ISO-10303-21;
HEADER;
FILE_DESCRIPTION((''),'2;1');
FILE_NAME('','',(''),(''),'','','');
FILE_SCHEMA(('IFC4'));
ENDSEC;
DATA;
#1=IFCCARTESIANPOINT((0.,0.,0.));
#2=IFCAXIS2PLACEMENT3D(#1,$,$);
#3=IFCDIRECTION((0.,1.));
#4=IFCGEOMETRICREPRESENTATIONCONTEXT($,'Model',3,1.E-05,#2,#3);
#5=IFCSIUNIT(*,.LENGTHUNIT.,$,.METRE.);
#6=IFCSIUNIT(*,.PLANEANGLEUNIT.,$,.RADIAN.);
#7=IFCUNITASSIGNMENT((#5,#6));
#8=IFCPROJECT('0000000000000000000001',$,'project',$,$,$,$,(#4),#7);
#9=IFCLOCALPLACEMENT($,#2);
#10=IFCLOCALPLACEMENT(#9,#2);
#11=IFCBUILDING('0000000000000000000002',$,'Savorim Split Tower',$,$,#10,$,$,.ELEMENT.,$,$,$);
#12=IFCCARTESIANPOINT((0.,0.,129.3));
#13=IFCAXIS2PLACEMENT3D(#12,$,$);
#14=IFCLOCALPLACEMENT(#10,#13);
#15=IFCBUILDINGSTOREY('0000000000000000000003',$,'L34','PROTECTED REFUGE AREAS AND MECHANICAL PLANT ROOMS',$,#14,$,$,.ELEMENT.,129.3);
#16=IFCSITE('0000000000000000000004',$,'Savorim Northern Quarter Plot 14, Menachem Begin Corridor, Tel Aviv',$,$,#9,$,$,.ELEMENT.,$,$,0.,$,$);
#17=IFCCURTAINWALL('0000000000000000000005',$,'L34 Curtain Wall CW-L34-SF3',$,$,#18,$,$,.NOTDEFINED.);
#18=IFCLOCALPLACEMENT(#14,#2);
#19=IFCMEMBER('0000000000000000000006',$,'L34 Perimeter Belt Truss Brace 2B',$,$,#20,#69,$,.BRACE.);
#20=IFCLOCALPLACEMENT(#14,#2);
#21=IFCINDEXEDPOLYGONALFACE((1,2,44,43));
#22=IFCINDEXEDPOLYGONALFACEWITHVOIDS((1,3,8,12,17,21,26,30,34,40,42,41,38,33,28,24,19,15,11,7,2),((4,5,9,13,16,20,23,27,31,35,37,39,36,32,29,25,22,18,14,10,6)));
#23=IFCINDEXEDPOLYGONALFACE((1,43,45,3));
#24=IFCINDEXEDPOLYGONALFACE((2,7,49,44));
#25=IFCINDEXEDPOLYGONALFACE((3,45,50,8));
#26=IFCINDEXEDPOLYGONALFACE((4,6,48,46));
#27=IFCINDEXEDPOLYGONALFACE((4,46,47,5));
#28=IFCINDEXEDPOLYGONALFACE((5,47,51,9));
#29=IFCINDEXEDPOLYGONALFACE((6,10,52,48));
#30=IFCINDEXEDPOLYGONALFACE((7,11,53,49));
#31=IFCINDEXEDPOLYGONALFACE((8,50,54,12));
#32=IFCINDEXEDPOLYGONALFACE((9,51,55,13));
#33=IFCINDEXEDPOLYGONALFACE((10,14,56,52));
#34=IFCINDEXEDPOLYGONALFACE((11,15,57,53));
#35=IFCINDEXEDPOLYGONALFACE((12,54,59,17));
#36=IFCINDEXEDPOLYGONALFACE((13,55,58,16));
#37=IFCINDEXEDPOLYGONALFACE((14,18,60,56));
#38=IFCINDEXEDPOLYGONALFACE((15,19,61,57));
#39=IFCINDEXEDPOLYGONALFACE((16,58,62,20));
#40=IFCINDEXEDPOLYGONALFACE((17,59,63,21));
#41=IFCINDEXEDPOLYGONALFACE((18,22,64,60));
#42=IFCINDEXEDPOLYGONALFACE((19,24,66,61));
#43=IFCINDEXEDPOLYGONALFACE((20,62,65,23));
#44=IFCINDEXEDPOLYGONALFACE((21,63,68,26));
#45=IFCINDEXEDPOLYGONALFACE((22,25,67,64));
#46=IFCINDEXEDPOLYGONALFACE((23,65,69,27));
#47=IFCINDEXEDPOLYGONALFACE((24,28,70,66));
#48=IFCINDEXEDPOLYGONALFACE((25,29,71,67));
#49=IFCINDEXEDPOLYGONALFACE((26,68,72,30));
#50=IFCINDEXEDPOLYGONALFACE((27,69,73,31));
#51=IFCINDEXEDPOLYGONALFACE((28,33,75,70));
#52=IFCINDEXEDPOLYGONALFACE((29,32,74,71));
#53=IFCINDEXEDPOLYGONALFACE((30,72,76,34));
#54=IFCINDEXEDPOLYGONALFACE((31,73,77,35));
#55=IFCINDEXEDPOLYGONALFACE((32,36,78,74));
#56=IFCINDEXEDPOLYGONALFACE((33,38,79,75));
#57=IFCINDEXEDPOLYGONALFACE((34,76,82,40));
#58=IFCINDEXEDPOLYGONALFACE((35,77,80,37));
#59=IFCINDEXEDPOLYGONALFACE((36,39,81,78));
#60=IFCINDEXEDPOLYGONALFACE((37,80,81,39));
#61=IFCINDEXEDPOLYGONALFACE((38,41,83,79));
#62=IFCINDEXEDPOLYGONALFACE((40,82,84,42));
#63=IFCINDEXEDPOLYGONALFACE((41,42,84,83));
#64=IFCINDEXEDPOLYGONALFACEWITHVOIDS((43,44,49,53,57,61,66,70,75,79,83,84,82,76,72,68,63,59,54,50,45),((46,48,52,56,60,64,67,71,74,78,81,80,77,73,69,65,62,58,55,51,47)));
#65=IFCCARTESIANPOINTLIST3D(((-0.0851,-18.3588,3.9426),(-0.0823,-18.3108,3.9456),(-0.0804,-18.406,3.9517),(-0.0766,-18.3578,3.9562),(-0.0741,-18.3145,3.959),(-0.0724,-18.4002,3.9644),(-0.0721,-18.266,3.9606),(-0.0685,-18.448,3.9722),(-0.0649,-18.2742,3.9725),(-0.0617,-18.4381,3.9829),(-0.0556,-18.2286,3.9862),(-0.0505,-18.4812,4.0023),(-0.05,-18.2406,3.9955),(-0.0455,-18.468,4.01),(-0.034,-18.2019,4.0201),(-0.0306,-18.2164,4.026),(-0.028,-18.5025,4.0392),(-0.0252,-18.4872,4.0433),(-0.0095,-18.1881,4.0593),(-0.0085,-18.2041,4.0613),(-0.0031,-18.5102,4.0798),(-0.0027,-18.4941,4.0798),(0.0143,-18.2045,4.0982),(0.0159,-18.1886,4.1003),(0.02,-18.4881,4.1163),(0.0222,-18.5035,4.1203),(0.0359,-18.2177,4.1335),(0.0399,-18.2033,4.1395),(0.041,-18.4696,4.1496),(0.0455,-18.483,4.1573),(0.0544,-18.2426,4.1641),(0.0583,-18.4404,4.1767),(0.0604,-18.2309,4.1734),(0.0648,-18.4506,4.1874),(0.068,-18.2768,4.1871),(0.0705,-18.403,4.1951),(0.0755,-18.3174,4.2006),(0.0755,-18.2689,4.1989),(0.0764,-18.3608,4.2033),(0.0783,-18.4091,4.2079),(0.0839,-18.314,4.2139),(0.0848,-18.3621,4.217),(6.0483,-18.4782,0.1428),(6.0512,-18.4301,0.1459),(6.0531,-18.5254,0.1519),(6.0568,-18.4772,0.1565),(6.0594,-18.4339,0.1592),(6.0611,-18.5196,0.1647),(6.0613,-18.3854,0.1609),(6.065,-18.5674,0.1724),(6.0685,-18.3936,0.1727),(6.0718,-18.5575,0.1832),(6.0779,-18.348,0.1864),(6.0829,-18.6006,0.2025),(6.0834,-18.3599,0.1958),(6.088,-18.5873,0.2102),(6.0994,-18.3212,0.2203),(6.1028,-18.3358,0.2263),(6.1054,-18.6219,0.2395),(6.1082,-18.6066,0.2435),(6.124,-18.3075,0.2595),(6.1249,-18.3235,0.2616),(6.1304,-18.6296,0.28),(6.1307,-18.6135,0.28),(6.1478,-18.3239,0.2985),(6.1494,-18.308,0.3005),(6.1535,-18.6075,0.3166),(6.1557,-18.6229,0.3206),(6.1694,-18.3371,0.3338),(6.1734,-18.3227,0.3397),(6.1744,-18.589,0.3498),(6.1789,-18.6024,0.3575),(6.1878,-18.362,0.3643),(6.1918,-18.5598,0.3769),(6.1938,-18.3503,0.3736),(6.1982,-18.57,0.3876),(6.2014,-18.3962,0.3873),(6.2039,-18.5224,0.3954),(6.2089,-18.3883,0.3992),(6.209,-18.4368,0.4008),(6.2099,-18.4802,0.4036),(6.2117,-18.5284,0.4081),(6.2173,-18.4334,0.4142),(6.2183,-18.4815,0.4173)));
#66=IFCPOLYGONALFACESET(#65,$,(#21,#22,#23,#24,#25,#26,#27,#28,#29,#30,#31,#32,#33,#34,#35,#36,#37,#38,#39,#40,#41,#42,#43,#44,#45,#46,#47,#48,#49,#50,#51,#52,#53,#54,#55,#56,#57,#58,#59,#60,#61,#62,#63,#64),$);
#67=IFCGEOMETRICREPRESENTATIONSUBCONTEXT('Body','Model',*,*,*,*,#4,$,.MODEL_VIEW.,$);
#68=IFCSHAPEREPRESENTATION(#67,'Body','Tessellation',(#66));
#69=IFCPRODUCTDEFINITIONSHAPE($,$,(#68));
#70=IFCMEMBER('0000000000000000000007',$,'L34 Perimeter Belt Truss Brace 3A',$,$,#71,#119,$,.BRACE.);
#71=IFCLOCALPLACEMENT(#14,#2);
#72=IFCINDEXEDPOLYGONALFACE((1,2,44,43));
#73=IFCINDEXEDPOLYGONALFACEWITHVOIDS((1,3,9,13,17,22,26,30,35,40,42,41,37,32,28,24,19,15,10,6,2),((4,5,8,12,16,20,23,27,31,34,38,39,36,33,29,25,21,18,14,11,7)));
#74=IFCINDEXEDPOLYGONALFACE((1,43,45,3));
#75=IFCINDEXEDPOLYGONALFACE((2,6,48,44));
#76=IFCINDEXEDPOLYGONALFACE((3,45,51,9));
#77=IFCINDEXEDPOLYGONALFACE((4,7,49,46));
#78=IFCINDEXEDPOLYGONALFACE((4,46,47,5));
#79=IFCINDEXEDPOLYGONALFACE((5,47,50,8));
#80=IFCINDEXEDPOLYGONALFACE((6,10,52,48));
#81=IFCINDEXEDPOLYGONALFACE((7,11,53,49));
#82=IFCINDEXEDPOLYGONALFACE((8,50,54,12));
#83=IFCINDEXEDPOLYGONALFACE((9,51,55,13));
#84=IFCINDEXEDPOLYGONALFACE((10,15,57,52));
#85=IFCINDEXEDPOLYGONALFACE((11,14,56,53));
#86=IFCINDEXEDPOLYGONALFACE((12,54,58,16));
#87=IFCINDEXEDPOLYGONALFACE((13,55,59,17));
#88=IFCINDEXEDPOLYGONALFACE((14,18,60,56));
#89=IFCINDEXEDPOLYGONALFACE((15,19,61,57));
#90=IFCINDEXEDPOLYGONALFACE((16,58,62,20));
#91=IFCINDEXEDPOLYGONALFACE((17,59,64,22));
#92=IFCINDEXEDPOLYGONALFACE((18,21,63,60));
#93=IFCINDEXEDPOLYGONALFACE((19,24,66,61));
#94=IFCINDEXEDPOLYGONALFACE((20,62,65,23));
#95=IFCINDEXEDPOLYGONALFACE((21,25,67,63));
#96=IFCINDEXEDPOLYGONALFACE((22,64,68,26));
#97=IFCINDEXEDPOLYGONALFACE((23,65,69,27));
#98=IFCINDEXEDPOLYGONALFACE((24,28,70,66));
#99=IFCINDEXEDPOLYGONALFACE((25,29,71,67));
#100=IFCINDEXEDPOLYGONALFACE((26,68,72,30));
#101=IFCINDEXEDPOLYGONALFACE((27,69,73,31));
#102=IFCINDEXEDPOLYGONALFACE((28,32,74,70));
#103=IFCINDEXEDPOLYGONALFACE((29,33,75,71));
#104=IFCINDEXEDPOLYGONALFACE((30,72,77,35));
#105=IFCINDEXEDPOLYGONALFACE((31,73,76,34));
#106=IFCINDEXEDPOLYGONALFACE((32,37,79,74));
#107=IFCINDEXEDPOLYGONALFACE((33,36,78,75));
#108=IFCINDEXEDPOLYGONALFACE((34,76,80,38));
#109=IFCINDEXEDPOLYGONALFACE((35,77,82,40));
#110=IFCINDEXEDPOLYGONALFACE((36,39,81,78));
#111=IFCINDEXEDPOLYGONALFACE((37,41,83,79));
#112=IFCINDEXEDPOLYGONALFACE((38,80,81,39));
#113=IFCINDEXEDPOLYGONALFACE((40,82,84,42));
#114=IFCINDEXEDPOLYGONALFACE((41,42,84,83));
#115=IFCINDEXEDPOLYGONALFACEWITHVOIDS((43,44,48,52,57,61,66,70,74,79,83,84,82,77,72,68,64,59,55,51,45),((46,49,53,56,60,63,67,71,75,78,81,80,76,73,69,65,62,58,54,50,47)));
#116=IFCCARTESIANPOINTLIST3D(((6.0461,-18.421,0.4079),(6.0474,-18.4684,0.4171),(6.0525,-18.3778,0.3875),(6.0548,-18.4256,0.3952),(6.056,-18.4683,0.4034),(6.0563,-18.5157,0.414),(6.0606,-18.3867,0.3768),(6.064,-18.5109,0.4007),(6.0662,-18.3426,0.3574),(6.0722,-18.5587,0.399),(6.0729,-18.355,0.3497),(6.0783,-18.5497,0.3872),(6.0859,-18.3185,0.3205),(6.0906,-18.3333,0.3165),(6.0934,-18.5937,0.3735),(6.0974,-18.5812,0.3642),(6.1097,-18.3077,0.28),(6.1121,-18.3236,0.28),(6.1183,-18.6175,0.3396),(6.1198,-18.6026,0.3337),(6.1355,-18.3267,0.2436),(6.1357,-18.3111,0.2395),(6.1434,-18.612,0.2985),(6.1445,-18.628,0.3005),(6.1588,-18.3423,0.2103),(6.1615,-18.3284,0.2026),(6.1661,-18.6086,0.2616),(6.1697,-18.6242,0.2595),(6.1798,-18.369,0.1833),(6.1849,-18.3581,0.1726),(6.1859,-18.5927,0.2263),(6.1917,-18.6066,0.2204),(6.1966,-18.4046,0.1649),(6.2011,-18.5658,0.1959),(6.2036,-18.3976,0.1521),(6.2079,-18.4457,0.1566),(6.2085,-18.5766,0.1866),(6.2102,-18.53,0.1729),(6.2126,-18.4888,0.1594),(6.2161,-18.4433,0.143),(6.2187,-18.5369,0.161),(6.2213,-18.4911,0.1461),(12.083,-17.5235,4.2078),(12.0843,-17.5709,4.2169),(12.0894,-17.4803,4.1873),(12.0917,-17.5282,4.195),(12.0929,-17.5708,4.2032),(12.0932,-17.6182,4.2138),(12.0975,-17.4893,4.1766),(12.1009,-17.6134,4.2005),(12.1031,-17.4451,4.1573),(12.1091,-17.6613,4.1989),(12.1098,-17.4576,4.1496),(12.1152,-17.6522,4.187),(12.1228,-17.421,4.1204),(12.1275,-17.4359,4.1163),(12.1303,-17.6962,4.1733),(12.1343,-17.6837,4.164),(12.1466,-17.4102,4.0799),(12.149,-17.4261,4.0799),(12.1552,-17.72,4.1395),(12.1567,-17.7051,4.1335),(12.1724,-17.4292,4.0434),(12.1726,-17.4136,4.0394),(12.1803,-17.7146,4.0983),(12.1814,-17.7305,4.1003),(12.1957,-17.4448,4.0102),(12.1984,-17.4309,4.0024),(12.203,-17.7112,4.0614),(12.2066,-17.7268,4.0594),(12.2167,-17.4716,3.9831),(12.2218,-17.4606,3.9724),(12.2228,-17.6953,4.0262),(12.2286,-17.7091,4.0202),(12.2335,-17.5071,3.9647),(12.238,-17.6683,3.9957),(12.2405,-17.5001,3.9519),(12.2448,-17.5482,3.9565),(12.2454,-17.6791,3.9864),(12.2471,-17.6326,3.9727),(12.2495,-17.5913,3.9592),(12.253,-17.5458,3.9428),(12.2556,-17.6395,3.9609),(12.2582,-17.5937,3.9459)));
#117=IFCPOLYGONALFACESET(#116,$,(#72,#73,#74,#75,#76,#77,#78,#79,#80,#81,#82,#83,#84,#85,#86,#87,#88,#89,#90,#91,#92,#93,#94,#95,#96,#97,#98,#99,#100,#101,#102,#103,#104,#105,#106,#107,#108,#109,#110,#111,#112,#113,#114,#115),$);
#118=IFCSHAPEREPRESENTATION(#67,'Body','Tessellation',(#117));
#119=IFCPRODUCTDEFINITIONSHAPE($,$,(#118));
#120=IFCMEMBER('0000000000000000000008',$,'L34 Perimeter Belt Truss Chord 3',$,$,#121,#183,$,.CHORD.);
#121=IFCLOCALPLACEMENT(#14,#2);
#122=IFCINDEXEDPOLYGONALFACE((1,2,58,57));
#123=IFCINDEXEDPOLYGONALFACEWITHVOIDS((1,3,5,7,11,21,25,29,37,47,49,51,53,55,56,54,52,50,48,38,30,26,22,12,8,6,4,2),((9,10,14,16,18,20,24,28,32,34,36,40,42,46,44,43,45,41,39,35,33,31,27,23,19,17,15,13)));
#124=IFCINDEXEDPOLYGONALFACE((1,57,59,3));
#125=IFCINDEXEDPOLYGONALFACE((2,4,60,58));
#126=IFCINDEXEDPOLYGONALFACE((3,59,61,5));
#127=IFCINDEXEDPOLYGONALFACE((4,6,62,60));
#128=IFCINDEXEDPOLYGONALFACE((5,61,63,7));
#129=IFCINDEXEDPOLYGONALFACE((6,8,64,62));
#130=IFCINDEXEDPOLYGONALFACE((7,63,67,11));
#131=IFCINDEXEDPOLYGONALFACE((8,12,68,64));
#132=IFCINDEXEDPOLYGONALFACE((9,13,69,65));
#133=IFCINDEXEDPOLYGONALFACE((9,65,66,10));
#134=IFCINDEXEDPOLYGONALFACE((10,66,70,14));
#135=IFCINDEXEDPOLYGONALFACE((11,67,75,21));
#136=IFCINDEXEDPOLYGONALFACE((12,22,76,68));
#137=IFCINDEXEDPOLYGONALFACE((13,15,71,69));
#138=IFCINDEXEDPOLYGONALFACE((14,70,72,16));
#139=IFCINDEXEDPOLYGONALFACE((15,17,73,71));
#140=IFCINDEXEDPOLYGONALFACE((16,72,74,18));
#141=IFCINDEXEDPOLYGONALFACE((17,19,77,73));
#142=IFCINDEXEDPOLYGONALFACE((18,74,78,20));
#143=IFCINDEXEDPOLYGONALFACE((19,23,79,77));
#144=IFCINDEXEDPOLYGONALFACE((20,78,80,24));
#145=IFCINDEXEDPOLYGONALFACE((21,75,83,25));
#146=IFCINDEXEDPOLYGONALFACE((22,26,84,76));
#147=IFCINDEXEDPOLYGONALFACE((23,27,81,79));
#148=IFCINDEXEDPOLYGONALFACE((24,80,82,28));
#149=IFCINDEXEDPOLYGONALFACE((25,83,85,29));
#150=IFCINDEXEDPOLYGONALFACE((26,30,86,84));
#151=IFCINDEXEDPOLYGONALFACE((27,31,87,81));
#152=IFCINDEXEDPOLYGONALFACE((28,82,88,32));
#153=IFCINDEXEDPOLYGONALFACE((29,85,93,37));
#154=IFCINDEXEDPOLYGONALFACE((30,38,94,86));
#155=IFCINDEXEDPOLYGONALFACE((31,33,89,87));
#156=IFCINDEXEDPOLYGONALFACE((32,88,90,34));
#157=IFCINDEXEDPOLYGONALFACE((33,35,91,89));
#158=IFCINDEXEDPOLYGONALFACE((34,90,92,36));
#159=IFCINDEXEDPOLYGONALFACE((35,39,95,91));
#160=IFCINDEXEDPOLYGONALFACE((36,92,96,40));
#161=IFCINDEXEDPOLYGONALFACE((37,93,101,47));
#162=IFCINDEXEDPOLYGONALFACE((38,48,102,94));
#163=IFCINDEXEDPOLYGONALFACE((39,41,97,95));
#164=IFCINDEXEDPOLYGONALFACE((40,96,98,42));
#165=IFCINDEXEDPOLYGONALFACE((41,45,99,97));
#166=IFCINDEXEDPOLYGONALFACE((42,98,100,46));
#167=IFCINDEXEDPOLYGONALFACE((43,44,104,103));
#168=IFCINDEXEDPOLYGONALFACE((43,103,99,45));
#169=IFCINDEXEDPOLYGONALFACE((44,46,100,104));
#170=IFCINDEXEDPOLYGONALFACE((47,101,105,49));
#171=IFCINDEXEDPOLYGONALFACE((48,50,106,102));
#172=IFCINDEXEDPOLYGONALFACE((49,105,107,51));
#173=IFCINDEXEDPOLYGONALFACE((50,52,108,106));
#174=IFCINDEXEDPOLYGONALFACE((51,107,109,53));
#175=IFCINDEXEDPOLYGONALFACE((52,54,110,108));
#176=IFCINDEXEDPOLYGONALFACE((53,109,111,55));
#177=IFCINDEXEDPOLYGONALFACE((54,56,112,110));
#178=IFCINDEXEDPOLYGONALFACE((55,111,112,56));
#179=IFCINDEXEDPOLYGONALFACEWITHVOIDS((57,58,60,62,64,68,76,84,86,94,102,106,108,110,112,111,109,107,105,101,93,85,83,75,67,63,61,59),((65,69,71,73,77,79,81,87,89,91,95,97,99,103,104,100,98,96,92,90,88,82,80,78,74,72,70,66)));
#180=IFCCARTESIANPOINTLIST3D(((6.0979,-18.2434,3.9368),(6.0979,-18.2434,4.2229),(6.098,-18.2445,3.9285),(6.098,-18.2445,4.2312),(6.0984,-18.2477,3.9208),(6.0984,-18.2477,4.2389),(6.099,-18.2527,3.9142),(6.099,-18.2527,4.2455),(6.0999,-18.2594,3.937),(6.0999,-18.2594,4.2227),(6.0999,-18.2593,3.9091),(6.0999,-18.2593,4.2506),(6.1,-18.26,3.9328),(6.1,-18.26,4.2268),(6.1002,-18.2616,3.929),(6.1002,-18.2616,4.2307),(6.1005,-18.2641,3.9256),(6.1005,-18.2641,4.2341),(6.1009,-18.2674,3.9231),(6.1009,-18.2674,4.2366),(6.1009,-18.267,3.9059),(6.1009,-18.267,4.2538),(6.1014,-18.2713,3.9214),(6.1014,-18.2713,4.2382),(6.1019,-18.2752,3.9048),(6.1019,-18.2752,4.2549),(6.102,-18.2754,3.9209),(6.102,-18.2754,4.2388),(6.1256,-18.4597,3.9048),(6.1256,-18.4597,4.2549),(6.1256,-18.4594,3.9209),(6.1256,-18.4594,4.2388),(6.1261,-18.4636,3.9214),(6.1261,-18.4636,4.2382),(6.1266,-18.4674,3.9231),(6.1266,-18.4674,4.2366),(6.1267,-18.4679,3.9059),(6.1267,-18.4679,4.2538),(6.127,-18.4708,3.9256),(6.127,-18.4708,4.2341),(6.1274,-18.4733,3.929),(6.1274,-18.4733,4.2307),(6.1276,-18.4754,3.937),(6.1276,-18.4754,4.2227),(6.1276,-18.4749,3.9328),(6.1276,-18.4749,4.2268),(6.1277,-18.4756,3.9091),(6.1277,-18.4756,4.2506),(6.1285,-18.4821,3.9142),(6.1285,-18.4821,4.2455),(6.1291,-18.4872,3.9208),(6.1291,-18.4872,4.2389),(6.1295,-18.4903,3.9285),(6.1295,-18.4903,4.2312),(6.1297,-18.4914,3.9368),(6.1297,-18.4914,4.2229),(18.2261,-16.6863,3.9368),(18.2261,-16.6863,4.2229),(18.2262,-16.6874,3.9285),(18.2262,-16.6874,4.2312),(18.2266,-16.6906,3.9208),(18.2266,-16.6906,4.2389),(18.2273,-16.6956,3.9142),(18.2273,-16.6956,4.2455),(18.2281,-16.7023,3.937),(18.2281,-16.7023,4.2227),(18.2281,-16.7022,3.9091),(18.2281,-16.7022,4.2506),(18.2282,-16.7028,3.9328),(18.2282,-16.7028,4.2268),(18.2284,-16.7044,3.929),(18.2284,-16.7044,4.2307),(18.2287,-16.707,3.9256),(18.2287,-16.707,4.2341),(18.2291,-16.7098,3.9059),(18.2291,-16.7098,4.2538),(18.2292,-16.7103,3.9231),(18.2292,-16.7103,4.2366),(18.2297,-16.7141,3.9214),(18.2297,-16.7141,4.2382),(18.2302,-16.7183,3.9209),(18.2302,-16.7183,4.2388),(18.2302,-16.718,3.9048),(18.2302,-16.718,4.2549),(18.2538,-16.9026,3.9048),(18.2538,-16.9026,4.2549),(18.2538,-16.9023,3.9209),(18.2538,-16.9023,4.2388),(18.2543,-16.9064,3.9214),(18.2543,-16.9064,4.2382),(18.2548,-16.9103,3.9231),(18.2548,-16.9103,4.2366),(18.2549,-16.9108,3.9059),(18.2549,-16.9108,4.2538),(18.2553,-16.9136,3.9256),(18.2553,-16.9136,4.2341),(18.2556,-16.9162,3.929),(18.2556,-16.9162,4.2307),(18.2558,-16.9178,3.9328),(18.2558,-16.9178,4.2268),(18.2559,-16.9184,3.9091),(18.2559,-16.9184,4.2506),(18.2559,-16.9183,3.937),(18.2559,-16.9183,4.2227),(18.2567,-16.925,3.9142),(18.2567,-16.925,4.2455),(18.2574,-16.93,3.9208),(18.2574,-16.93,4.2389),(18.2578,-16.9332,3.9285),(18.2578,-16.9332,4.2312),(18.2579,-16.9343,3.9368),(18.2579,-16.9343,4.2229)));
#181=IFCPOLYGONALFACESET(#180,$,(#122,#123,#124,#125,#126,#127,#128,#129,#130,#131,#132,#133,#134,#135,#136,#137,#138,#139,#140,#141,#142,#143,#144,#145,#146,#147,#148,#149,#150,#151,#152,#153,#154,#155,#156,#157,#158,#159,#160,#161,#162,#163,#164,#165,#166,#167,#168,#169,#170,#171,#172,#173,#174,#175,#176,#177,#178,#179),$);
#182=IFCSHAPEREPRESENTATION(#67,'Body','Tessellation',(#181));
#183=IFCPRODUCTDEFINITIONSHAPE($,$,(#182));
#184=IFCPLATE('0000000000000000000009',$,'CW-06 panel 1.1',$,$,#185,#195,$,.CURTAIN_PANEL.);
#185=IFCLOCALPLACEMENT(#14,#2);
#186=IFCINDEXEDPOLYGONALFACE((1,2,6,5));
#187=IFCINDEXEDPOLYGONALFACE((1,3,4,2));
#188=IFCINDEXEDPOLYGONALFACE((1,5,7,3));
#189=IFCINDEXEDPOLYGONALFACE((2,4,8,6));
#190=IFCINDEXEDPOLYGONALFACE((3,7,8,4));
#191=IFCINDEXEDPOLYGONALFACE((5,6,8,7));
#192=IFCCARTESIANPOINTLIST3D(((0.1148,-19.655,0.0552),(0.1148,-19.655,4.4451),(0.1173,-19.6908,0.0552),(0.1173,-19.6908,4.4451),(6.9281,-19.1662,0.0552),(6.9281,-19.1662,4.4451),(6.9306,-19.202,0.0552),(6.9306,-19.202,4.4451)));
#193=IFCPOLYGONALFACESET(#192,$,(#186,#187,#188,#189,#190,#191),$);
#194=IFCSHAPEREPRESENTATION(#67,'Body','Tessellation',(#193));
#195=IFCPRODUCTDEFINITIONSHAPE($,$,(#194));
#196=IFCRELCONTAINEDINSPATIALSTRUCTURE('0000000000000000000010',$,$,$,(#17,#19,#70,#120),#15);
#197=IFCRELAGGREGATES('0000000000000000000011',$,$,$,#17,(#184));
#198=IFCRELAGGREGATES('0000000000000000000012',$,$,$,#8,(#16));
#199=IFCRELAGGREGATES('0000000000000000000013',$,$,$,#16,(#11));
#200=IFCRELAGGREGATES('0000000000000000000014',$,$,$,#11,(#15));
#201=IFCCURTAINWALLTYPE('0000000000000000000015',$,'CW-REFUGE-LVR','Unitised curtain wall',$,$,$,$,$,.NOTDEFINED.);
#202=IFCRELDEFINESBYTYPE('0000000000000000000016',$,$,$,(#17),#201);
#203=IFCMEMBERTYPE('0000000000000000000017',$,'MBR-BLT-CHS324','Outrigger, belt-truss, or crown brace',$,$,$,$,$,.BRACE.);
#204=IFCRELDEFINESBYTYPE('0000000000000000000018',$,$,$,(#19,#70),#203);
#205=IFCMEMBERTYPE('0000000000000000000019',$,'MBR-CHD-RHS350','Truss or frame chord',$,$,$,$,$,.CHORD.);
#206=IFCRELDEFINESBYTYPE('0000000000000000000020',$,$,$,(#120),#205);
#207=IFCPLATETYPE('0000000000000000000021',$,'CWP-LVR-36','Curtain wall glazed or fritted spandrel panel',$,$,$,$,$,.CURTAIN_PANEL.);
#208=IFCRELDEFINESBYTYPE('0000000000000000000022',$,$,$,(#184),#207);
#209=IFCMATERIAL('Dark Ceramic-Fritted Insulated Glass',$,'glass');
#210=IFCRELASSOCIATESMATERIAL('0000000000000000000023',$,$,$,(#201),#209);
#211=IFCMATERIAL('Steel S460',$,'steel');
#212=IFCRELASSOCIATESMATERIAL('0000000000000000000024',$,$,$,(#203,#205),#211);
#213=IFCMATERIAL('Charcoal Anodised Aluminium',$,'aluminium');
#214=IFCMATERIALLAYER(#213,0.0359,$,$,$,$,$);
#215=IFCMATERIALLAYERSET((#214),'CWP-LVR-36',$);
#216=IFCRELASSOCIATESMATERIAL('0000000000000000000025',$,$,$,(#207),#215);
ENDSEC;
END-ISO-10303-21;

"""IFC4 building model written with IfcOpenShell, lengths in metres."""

from ifc_helpers import new_model, si_unit, direction, frame, origin, origin_2d, place, context, subcontext, project, spatial, rectangle, hollow_rectangle, hollow_circle, extrude, material, layer, layer_set, material_profile, profile_set, type_object, element, aggregate, save


model = new_model("IFC4")

# Units and contexts
model_context = context("Model", 3, precision=1e-05, world=origin(), true_north=direction((0.0, 1.0)))
body_context = subcontext(model_context, "Body", "Model", "MODEL_VIEW")
ifc_project = project(units=[si_unit("LENGTHUNIT", "METRE"), si_unit("PLANEANGLEUNIT", "RADIAN")], contexts=[model_context])

# Site, building, storey
site_placement = place(None, origin())
site = spatial("IfcSite", under=ifc_project, at=site_placement, Name="Savorim Northern Quarter Plot 14, Menachem Begin Corridor, Tel Aviv", CompositionType="ELEMENT", RefElevation=0.0)
building_placement = place(site_placement, origin())
building = spatial("IfcBuilding", under=site, at=building_placement, Name="Savorim Split Tower", CompositionType="ELEMENT")
storey_placement = place(building_placement, frame((0.0, 0.0, 129.3)))
storey = spatial("IfcBuildingStorey", under=building, at=storey_placement, Name="L34", Description="PROTECTED REFUGE AREAS AND MECHANICAL PLANT ROOMS", CompositionType="ELEMENT", Elevation=129.3)

# Shared definitions
ifc_material_1 = material(Name="Steel S460", Category="steel")

# Curtain wall
ifc_material_2 = material(Name="Dark Ceramic-Fritted Insulated Glass", Category="glass")
curtain_wall_type = type_object("IfcCurtainWallType", Name="CW-REFUGE-LVR", Description="Unitised curtain wall", PredefinedType="NOTDEFINED", material=ifc_material_2)
curtain_wall_placement = place(storey_placement, origin())
curtain_wall = element("IfcCurtainWall", 1, at=curtain_wall_placement, inside=storey, type_object=curtain_wall_type, Name="L34 Curtain Wall CW-L34-SF3", PredefinedType="NOTDEFINED")
ifc_material_3 = material(Name="Charcoal Anodised Aluminium", Category="aluminium")

# Members
ifc_material_profile_1 = material_profile(ifc_material_1, hollow_circle(Radius=0.1619, WallThickness=0.0161, at=origin_2d()), Name="CHS 323.9x16")
ifc_profile_set_1 = profile_set([ifc_material_profile_1], Name="Steel S460")
member_type_1 = type_object("IfcMemberType", Name="MBR-BLT-CHS324", Description="Outrigger, belt-truss, or crown brace", PredefinedType="BRACE", material=ifc_profile_set_1)
member_1_placement = place(storey_placement, frame((6.1335, -18.4678, 0.28), z_axis=(-0.849972, 0.016544, 0.526568), x_axis=(-0.019461, -0.999811, 0.0)))
element("IfcMember", 2, at=member_1_placement, inside=storey, type_object=member_type_1, Name="L34 Perimeter Belt Truss Brace 2B", PredefinedType="BRACE", context=body_context, shape_type="SweptSolid", body=[
    extrude(hollow_circle(Radius=0.1619, WallThickness=0.0161, at=origin_2d()), origin(), (0.0, 0.0, 1.0), 7.2161),
])
member_2_placement = place(storey_placement, frame((6.1335, -18.4678, 0.28), z_axis=(0.839688, 0.124831, 0.528528), x_axis=(-0.147047, 0.989129, 0.0)))
element("IfcMember", 3, at=member_2_placement, inside=storey, type_object=member_type_1, Name="L34 Perimeter Belt Truss Brace 3A", PredefinedType="BRACE", context=body_context, shape_type="SweptSolid", body=[
    extrude(hollow_circle(Radius=0.1619, WallThickness=0.0161, at=origin_2d()), origin(), (0.0, 0.0, 1.0), 7.1895),
])
ifc_material_profile_2 = material_profile(ifc_material_1, hollow_rectangle(XDim=0.25, YDim=0.3501, WallThickness=0.0161, InnerFilletRadius=0.0161, OuterFilletRadius=0.032, at=origin_2d()), Name="RHS 350x250x16")
ifc_profile_set_2 = profile_set([ifc_material_profile_2], Name="Steel S460")
member_type_2 = type_object("IfcMemberType", Name="MBR-CHD-RHS350", Description="Truss or frame chord", PredefinedType="CHORD", material=ifc_profile_set_2)
member_3_placement = place(storey_placement, frame((6.1138, -18.3674, 4.0798), z_axis=(0.991859, 0.127344, 0.0), x_axis=(-0.127344, 0.991859, 0.0)))
element("IfcMember", 4, at=member_3_placement, inside=storey, type_object=member_type_2, Name="L34 Perimeter Belt Truss Chord 3", PredefinedType="CHORD", context=body_context, shape_type="SweptSolid", body=[
    extrude(hollow_rectangle(XDim=0.25, YDim=0.3501, WallThickness=0.0161, InnerFilletRadius=0.0161, OuterFilletRadius=0.032, at=origin_2d()), origin(), (0.0, 0.0, 1.0), 12.2278),
])

# Plate
ifc_layer_1 = layer(ifc_material_3, 0.0359)
ifc_layer_set_1 = layer_set([ifc_layer_1], Name="CWP-LVR-36")
plate_type_1 = type_object("IfcPlateType", Name="CWP-LVR-36", Description="Curtain wall glazed or fritted spandrel panel", PredefinedType="CURTAIN_PANEL", material=ifc_layer_set_1)
plate_1_placement = place(storey_placement, frame((3.5227, -19.4285, 0.0552), z_axis=(0.0, 0.0, 1.0), x_axis=(0.997436, 0.071561, 0.0)))
plate_1 = element("IfcPlate", 5, at=plate_1_placement, type_object=plate_type_1, Name="CW-06 panel 1.1", PredefinedType="CURTAIN_PANEL", context=body_context, shape_type="SweptSolid", body=[
    extrude(rectangle(XDim=6.8308, YDim=0.0359, at=origin_2d()), origin(), (0.0, 0.0, 1.0), 4.3899),
])
aggregate(curtain_wall, [plate_1])

save(model, "model.ifc")
